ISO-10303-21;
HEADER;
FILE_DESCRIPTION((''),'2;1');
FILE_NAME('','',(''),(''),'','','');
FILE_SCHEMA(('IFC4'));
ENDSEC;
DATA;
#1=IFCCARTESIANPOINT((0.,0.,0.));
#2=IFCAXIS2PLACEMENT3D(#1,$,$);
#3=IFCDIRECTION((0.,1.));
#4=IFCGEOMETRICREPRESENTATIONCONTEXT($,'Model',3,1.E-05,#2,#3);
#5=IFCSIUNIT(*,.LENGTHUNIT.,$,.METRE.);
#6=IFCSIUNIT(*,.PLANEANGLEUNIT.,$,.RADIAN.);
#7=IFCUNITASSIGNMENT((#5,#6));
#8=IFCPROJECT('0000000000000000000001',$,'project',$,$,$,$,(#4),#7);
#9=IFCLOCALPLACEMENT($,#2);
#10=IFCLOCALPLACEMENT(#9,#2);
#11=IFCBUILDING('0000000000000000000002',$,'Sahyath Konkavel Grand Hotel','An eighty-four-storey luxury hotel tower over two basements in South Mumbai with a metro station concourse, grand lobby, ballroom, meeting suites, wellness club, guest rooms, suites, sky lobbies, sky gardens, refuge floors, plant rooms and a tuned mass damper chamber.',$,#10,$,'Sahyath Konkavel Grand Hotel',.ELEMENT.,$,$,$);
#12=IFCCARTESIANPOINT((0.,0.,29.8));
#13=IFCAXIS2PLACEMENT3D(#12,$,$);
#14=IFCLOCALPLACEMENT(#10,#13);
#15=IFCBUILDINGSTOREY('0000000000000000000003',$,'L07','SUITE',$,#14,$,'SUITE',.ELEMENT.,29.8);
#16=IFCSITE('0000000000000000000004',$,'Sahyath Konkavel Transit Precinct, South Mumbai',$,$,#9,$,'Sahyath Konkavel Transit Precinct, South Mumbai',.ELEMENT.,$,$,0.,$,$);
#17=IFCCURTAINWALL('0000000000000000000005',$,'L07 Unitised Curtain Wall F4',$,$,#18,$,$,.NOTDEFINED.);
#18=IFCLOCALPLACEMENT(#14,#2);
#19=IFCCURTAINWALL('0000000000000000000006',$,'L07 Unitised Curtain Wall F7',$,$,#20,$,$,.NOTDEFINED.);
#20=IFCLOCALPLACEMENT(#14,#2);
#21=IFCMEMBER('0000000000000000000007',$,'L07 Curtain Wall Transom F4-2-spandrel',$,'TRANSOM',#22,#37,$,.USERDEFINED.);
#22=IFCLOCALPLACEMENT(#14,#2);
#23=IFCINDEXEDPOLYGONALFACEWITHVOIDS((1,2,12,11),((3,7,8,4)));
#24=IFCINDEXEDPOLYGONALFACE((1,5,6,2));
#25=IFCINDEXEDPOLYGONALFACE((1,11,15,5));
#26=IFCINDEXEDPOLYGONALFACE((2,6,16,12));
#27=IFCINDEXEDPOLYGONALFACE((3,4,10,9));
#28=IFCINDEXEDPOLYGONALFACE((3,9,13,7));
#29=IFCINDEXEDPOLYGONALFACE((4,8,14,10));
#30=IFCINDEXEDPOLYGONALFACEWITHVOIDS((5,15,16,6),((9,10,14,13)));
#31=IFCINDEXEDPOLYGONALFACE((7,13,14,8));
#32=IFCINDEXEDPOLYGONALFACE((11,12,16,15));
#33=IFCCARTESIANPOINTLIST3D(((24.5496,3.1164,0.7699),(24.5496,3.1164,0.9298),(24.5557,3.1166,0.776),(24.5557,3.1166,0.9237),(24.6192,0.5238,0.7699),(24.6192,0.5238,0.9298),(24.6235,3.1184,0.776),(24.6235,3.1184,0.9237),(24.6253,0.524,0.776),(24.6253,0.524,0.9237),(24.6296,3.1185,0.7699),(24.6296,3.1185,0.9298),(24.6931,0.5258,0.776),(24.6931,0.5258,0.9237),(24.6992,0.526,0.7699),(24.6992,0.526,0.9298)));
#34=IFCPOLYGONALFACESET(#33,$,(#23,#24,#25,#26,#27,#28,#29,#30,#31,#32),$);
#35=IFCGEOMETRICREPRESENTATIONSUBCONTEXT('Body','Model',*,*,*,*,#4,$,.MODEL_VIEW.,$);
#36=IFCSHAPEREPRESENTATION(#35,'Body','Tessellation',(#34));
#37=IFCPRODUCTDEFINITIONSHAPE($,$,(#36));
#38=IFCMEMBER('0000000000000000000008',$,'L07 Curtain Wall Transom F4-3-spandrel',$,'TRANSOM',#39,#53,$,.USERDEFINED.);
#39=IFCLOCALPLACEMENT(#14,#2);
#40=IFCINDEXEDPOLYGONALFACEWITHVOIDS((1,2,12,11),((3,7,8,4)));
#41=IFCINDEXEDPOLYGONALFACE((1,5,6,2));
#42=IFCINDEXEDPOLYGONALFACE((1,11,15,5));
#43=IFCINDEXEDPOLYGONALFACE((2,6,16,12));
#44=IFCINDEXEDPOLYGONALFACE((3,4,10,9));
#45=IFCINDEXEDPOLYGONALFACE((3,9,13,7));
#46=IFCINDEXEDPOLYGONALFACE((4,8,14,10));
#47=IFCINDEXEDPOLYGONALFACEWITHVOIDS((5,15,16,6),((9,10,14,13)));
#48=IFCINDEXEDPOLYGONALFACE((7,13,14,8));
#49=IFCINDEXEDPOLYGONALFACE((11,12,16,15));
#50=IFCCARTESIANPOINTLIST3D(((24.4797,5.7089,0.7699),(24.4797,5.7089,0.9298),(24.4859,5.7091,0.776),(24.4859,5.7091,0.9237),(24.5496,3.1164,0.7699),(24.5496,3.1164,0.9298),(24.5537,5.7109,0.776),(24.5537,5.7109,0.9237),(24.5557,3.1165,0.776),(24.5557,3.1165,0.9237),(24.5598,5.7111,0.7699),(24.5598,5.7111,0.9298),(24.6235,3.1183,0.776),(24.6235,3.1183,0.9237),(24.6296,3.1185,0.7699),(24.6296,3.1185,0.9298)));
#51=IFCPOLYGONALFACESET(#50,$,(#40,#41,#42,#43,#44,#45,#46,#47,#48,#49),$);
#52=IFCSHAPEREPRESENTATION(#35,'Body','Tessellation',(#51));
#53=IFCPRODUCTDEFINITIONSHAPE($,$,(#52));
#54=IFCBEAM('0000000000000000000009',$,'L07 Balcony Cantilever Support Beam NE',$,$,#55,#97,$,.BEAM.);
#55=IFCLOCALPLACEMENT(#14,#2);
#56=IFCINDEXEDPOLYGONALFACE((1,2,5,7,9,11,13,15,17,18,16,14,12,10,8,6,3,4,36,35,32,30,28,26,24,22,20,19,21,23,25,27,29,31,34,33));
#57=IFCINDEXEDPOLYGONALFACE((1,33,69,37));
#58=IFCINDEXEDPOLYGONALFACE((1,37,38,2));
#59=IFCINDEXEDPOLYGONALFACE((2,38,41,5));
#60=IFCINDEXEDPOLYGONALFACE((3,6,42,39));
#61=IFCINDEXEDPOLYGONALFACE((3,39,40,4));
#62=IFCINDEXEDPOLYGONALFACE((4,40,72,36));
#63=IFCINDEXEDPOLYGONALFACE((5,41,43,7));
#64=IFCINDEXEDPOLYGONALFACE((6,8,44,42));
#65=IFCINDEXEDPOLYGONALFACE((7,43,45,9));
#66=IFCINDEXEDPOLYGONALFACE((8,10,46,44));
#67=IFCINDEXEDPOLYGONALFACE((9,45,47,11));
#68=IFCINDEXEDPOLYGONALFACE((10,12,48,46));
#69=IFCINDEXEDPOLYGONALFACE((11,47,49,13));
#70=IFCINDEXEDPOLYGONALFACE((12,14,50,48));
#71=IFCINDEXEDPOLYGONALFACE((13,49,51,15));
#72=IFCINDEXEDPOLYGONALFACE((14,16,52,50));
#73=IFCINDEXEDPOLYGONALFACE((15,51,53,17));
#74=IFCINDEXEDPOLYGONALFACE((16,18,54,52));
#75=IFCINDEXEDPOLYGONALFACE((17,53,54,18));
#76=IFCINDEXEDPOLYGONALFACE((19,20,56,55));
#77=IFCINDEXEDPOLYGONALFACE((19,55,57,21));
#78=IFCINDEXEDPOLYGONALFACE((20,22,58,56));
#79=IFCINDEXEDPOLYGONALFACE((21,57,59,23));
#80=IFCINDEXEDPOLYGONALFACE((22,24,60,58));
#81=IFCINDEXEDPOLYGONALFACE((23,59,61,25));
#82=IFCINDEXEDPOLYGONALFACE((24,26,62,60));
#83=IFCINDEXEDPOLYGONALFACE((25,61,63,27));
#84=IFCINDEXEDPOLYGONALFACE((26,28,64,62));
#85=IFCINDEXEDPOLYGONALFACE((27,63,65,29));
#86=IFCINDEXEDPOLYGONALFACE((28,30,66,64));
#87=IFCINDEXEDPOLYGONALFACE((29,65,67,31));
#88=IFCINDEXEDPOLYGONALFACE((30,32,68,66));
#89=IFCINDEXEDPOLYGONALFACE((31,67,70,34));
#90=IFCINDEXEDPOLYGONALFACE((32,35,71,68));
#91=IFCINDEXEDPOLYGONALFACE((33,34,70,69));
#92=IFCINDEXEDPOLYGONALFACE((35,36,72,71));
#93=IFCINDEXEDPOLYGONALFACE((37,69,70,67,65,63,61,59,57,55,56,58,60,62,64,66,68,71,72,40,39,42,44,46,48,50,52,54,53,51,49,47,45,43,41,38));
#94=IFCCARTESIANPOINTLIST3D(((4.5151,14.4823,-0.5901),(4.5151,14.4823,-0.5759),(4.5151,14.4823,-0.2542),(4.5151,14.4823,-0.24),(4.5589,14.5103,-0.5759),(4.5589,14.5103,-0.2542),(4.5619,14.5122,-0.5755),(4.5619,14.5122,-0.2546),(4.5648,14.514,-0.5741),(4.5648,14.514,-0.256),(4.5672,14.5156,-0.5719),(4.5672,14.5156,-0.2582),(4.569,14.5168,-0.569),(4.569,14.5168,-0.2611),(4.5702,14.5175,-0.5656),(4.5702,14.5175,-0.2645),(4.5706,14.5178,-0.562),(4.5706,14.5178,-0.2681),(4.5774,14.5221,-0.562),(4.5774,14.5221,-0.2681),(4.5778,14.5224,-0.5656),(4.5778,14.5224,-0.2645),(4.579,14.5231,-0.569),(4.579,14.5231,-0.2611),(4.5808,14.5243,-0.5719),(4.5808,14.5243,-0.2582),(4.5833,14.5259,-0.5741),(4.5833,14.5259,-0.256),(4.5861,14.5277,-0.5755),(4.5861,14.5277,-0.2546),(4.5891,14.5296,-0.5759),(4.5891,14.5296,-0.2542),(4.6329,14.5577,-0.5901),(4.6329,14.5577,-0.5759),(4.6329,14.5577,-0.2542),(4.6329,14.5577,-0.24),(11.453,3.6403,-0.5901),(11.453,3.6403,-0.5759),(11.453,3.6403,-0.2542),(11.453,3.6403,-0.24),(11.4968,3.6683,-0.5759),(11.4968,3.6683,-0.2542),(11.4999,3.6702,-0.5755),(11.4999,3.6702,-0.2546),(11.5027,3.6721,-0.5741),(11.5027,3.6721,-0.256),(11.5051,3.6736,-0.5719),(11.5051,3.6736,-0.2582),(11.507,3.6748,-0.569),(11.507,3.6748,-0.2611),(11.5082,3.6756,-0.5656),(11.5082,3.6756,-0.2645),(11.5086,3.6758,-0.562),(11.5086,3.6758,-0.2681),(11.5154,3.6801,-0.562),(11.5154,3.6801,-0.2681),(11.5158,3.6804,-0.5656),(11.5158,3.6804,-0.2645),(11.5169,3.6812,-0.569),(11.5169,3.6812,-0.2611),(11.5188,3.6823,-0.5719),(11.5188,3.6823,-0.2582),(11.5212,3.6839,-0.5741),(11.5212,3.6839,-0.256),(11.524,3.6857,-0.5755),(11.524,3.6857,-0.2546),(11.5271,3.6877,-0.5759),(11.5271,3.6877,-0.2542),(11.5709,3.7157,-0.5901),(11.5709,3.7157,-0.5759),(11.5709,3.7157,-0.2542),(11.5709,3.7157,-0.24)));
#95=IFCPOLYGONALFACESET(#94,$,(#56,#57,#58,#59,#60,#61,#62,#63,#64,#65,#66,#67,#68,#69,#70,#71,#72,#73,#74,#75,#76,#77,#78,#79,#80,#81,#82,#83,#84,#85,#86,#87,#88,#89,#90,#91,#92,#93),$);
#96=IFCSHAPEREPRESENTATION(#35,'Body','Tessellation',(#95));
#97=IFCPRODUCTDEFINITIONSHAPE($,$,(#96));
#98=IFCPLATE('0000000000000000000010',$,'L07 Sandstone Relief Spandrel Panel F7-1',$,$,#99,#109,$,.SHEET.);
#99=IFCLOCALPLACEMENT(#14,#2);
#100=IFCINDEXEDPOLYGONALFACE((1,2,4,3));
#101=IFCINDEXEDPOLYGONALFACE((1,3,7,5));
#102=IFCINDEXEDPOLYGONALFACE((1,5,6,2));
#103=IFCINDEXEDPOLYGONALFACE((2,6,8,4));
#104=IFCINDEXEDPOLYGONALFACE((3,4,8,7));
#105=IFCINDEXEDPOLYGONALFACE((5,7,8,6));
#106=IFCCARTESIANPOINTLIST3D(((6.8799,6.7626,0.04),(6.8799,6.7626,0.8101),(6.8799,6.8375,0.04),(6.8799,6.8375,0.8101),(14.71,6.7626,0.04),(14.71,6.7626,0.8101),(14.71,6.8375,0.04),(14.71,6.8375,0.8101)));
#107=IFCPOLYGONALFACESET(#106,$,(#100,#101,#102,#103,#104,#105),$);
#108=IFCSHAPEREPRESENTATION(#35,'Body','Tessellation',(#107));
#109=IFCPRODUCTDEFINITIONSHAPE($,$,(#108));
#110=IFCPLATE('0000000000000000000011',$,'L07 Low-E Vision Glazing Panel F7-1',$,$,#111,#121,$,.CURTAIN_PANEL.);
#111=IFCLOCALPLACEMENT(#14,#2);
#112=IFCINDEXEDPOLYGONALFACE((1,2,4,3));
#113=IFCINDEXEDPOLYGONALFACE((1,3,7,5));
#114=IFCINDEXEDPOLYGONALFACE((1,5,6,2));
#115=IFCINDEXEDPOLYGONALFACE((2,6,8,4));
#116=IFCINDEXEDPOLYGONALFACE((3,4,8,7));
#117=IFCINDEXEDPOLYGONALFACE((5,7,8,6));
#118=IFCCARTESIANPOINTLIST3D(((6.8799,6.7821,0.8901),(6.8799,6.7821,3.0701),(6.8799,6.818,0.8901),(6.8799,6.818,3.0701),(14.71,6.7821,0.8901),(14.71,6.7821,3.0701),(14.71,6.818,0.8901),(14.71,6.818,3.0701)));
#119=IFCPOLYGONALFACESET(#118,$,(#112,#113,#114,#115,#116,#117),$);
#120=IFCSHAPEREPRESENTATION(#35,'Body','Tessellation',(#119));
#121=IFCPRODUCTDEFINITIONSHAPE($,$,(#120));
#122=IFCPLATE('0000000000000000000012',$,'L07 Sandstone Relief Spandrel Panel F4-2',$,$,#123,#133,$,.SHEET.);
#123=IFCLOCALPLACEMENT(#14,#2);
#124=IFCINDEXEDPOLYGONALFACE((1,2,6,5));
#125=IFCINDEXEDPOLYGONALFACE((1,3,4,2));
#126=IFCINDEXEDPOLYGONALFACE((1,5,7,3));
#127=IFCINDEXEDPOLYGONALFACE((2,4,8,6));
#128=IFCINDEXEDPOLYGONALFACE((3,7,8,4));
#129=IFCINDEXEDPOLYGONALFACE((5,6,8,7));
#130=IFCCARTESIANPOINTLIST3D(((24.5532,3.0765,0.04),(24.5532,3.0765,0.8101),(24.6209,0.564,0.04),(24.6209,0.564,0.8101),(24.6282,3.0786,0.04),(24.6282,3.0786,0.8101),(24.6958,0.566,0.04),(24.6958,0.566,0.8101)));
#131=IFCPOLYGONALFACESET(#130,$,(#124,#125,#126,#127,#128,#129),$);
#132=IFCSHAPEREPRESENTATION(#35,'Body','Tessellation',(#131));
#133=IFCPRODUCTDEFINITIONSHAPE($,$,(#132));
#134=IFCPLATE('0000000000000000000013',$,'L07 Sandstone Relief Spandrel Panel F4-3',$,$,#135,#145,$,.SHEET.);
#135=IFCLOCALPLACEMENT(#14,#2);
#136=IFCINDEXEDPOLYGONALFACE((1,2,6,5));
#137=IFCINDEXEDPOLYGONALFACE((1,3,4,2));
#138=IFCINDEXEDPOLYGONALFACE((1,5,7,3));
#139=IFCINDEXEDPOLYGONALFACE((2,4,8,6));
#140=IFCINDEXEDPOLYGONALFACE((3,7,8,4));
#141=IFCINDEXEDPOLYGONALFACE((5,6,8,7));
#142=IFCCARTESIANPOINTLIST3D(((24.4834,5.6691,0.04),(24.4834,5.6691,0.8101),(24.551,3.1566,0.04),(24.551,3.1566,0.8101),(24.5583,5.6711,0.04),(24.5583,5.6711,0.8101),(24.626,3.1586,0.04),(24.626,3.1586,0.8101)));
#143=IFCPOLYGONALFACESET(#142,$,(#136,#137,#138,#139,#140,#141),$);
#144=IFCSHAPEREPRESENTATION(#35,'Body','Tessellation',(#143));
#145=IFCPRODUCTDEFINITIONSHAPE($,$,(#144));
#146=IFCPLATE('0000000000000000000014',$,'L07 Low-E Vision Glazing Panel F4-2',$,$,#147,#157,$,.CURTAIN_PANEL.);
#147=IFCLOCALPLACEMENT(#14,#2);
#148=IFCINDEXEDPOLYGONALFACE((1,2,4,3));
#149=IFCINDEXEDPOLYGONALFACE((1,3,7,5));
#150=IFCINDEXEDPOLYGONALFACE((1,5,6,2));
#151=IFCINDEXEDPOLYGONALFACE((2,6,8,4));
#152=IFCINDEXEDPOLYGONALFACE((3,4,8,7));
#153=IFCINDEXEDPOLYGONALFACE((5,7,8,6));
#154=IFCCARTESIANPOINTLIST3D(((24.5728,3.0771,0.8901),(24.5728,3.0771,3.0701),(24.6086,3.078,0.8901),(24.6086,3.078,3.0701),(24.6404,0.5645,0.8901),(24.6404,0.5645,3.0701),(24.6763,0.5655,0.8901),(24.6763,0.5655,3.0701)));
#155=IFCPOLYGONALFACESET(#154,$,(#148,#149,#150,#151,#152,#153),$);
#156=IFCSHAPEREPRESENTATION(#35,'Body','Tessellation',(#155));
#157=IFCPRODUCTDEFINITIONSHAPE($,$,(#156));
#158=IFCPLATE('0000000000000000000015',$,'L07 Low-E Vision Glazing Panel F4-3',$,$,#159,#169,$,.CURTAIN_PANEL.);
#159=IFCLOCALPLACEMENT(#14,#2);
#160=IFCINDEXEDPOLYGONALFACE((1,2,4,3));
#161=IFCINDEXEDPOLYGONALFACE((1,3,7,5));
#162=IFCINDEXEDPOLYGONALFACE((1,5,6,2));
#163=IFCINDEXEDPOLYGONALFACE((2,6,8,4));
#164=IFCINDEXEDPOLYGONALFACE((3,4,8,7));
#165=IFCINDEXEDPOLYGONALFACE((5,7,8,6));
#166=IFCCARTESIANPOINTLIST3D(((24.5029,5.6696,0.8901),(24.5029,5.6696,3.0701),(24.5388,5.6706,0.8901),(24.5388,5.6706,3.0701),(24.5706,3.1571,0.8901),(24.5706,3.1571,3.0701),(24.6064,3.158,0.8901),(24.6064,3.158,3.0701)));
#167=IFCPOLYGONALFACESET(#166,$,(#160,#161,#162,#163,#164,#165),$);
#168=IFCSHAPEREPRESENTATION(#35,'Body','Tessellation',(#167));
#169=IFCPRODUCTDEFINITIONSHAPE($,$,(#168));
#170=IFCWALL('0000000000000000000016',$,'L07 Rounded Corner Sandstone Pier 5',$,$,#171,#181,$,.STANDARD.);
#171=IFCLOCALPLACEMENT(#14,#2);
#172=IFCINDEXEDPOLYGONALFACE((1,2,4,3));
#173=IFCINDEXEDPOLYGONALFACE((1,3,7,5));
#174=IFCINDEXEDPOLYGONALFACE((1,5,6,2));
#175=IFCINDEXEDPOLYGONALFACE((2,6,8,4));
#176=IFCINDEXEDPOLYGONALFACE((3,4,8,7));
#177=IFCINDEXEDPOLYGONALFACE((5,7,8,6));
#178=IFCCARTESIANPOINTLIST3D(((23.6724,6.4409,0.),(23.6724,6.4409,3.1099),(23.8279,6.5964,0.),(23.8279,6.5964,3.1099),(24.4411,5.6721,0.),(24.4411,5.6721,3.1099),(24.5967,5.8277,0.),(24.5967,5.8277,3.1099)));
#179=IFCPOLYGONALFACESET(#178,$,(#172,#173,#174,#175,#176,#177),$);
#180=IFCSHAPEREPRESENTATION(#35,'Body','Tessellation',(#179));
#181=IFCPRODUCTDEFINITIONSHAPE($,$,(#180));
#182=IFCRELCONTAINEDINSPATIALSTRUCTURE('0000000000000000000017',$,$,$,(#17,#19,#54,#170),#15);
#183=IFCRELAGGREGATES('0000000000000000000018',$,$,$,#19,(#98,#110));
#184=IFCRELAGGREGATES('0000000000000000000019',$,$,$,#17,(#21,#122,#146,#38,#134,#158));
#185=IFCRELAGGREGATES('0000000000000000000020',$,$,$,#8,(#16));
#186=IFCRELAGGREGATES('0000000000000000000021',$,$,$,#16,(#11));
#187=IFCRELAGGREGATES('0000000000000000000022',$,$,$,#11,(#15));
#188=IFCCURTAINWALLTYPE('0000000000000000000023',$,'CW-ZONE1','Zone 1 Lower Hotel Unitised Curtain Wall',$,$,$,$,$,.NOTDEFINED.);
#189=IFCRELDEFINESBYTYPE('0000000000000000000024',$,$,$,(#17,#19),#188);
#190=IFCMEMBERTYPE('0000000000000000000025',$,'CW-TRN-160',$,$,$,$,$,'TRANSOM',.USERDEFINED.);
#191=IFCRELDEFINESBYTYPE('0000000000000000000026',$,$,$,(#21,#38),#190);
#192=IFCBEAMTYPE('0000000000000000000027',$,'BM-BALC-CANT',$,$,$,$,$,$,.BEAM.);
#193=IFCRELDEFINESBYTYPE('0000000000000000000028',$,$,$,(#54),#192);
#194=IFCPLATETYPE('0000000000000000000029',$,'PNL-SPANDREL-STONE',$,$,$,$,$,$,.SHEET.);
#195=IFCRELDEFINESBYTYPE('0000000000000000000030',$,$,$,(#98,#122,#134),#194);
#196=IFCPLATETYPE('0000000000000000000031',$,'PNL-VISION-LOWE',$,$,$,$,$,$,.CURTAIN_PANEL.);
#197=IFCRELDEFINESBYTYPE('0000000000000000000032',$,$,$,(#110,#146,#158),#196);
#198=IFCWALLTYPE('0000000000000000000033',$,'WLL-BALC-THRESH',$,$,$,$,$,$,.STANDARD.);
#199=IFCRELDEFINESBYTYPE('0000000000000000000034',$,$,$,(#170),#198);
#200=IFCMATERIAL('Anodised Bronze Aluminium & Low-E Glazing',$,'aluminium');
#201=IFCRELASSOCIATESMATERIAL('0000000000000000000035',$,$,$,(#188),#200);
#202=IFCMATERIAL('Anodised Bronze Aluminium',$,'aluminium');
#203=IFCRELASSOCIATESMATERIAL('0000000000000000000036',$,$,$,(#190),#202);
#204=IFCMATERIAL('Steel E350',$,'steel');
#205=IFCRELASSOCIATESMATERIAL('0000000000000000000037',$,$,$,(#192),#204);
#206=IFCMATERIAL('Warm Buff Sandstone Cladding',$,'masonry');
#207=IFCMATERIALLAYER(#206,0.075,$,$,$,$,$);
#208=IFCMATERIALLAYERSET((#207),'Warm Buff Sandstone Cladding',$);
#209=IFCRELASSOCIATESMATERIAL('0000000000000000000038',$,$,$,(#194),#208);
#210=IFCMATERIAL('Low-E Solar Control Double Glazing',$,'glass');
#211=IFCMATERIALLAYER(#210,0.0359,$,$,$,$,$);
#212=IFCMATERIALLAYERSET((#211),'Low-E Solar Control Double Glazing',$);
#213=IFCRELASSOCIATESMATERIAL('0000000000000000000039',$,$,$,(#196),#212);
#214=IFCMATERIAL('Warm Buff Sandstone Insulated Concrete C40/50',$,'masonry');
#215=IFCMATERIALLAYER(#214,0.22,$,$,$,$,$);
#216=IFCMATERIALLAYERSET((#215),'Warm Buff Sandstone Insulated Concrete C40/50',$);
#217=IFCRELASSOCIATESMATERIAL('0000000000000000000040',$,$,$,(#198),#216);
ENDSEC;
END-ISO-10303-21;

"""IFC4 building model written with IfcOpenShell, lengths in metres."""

from ifc_helpers import new_model, si_unit, direction, frame, frame_2d, origin, origin_2d, place, context, subcontext, project, spatial, rectangle, hollow_rectangle, i_section, extrude, source, transform, mapped, material, layer, layer_set, material_profile, profile_set, type_object, element, aggregate, save


model = new_model("IFC4")

# Units and contexts
model_context = context("Model", 3, precision=1e-05, world=origin(), true_north=direction((0.0, 1.0)))
body_context = subcontext(model_context, "Body", "Model", "MODEL_VIEW")
ifc_project = project(units=[si_unit("LENGTHUNIT", "METRE"), si_unit("PLANEANGLEUNIT", "RADIAN")], contexts=[model_context])

# Site, building, storey
site_placement = place(None, origin())
site = spatial("IfcSite", under=ifc_project, at=site_placement, Name="Sahyath Konkavel Transit Precinct, South Mumbai", LongName="Sahyath Konkavel Transit Precinct, South Mumbai", CompositionType="ELEMENT", RefElevation=0.0)
building_placement = place(site_placement, origin())
building = spatial("IfcBuilding", under=site, at=building_placement, Name="Sahyath Konkavel Grand Hotel", Description="An eighty-four-storey luxury hotel tower over two basements in South Mumbai with a metro station concourse, grand lobby, ballroom, meeting suites, wellness club, guest rooms, suites, sky lobbies, sky gardens, refuge floors, plant rooms and a tuned mass damper chamber.", LongName="Sahyath Konkavel Grand Hotel", CompositionType="ELEMENT")
storey_placement = place(building_placement, frame((0.0, 0.0, 29.8)))
storey = spatial("IfcBuildingStorey", under=building, at=storey_placement, Name="L07", Description="SUITE", LongName="SUITE", CompositionType="ELEMENT", Elevation=29.8)

# Shared definitions
ifc_material_1 = material(Name="Steel E350", Category="steel")

# Curtain walls
ifc_material_2 = material(Name="Anodised Bronze Aluminium & Low-E Glazing", Category="aluminium")
curtain_wall_type = type_object("IfcCurtainWallType", Name="CW-ZONE1", Description="Zone 1 Lower Hotel Unitised Curtain Wall", PredefinedType="NOTDEFINED", material=ifc_material_2)
curtain_wall_1_placement = place(storey_placement, origin())
curtain_wall_1 = element("IfcCurtainWall", 1, at=curtain_wall_1_placement, inside=storey, type_object=curtain_wall_type, Name="L07 Unitised Curtain Wall F4", PredefinedType="NOTDEFINED")
ifc_material_3 = material(Name="Anodised Bronze Aluminium", Category="aluminium")
curtain_wall_2_placement = place(storey_placement, origin())
curtain_wall_2 = element("IfcCurtainWall", 2, at=curtain_wall_2_placement, inside=storey, type_object=curtain_wall_type, Name="L07 Unitised Curtain Wall F7", PredefinedType="NOTDEFINED")

# Members
ifc_material_profile_1 = material_profile(ifc_material_3, hollow_rectangle(XDim=0.0801, YDim=0.1599, WallThickness=0.0061, at=origin_2d()), Name="RHS 160x80x6")
ifc_profile_set_1 = profile_set([ifc_material_profile_1], Name="Anodised Bronze Aluminium")
member_type_1 = type_object("IfcMemberType", Name="CW-TRN-160", ElementType="TRANSOM", PredefinedType="USERDEFINED", material=ifc_profile_set_1)
shared_shape_1 = source(origin(), body_context, "Body", "SweptSolid", [
    extrude(hollow_rectangle(XDim=0.0801, YDim=0.1599, WallThickness=0.0061, at=origin_2d()), origin(), (0.0, 0.0, 1.0), 2.5935),
])
member_1_placement = place(storey_placement, frame((24.6592, 0.5249, 0.8499), z_axis=(-0.026829, 0.99964, 0.0), x_axis=(-0.99964, -0.026829, 0.0)))
member_1 = element("IfcMember", 3, at=member_1_placement, type_object=member_type_1, Name="L07 Curtain Wall Transom F4-2-spandrel", ObjectType="TRANSOM", PredefinedType="USERDEFINED", context=body_context, shape_type="MappedRepresentation", body=[
    mapped(shared_shape_1, transform((0.0, 0.0, 0.0), scale=1.0)),
])
member_2_placement = place(storey_placement, frame((24.5896, 3.1174, 0.8499), z_axis=(-0.026923, 0.999638, 0.0), x_axis=(-0.999638, -0.026923, 0.0)))
member_2 = element("IfcMember", 4, at=member_2_placement, type_object=member_type_1, Name="L07 Curtain Wall Transom F4-3-spandrel", ObjectType="TRANSOM", PredefinedType="USERDEFINED", context=body_context, shape_type="MappedRepresentation", body=[
    mapped(shared_shape_1, transform((0.0, 0.0, 0.0), scale=1.0)),
])

# Beam
ifc_material_profile_2 = material_profile(ifc_material_1, i_section(OverallWidth=0.1399, OverallDepth=0.3501, WebThickness=0.0081, FlangeThickness=0.0142, FilletRadius=0.0139, at=origin_2d()), Name="ISMB 350")
ifc_profile_set_2 = profile_set([ifc_material_profile_2], Name="Steel E350")
beam_type_1 = type_object("IfcBeamType", Name="BM-BALC-CANT", PredefinedType="BEAM", material=ifc_profile_set_2)
shared_shape_2 = source(origin(), body_context, "Body", "SweptSolid", [
    extrude(i_section(OverallWidth=0.1399, OverallDepth=0.3501, WebThickness=0.0081, FlangeThickness=0.0142, FilletRadius=0.0139, at=origin_2d()), origin(), (0.0, 0.0, 1.0), 12.8718),
])
beam_1_placement = place(storey_placement, frame((11.512, 3.678, -0.415), z_axis=(-0.539003, 0.842304, 0.0), x_axis=(-0.842304, -0.539003, 0.0)))
element("IfcBeam", 5, at=beam_1_placement, inside=storey, type_object=beam_type_1, Name="L07 Balcony Cantilever Support Beam NE", PredefinedType="BEAM", context=body_context, shape_type="MappedRepresentation", body=[
    mapped(shared_shape_2, transform((0.0, 0.0, 0.0), scale=1.0)),
])

# Plates
ifc_material_4 = material(Name="Warm Buff Sandstone Cladding", Category="masonry")
ifc_layer_1 = layer(ifc_material_4, 0.075)
ifc_layer_set_1 = layer_set([ifc_layer_1], Name="Warm Buff Sandstone Cladding")
plate_type_1 = type_object("IfcPlateType", Name="PNL-SPANDREL-STONE", PredefinedType="SHEET", material=ifc_layer_set_1)
shared_shape_3 = source(origin(), body_context, "Body", "SweptSolid", [
    extrude(rectangle(XDim=7.8301, YDim=0.075, at=origin_2d()), origin(), (0.0, 0.0, 1.0), 0.77),
])
plate_1_placement = place(storey_placement, frame((10.7949, 6.8, 0.04), z_axis=(0.0, 0.0, 1.0), x_axis=(-1.0, 0.0, 0.0)))
plate_1 = element("IfcPlate", 6, at=plate_1_placement, type_object=plate_type_1, Name="L07 Sandstone Relief Spandrel Panel F7-1", PredefinedType="SHEET", context=body_context, shape_type="MappedRepresentation", body=[
    mapped(shared_shape_3, transform((0.0, 0.0, 0.0), scale=1.0)),
])
ifc_material_5 = material(Name="Low-E Solar Control Double Glazing", Category="glass")
ifc_layer_2 = layer(ifc_material_5, 0.0359)
ifc_layer_set_2 = layer_set([ifc_layer_2], Name="Low-E Solar Control Double Glazing")
plate_type_2 = type_object("IfcPlateType", Name="PNL-VISION-LOWE", PredefinedType="CURTAIN_PANEL", material=ifc_layer_set_2)
shared_shape_4 = source(origin(), body_context, "Body", "SweptSolid", [
    extrude(rectangle(XDim=7.8301, YDim=0.0359, at=origin_2d()), origin(), (0.0, 0.0, 1.0), 2.1799),
])
plate_2_placement = place(storey_placement, frame((10.7949, 6.8, 0.8901), z_axis=(0.0, 0.0, 1.0), x_axis=(-1.0, 0.0, 0.0)))
plate_2 = element("IfcPlate", 7, at=plate_2_placement, type_object=plate_type_2, Name="L07 Low-E Vision Glazing Panel F7-1", PredefinedType="CURTAIN_PANEL", context=body_context, shape_type="MappedRepresentation", body=[
    mapped(shared_shape_4, transform((0.0, 0.0, 0.0), scale=1.0)),
])
aggregate(curtain_wall_2, [plate_1, plate_2])
shared_shape_5 = source(origin(), body_context, "Body", "SweptSolid", [
    extrude(rectangle(XDim=2.5134, YDim=0.075, at=origin_2d()), origin(), (0.0, 0.0, 1.0), 0.77),
])
plate_3_placement = place(storey_placement, frame((24.6245, 1.8213, 0.04), z_axis=(0.0, 0.0, 1.0), x_axis=(-0.02691, 0.999638, 0.0)))
plate_3 = element("IfcPlate", 8, at=plate_3_placement, type_object=plate_type_1, Name="L07 Sandstone Relief Spandrel Panel F4-2", PredefinedType="SHEET", context=body_context, shape_type="MappedRepresentation", body=[
    mapped(shared_shape_5, transform((0.0, 0.0, 0.0), scale=1.0)),
])
plate_4_placement = place(storey_placement, frame((24.5547, 4.4138, 0.04), z_axis=(0.0, 0.0, 1.0), x_axis=(-0.02691, 0.999638, 0.0)))
plate_4 = element("IfcPlate", 9, at=plate_4_placement, type_object=plate_type_1, Name="L07 Sandstone Relief Spandrel Panel F4-3", PredefinedType="SHEET", context=body_context, shape_type="MappedRepresentation", body=[
    mapped(shared_shape_5, transform((0.0, 0.0, 0.0), scale=1.0)),
])
shared_shape_6 = source(origin(), body_context, "Body", "SweptSolid", [
    extrude(rectangle(XDim=2.5134, YDim=0.0359, at=origin_2d()), origin(), (0.0, 0.0, 1.0), 2.1799),
])
plate_5_placement = place(storey_placement, frame((24.6245, 1.8213, 0.8901), z_axis=(0.0, 0.0, 1.0), x_axis=(-0.02691, 0.999638, 0.0)))
plate_5 = element("IfcPlate", 10, at=plate_5_placement, type_object=plate_type_2, Name="L07 Low-E Vision Glazing Panel F4-2", PredefinedType="CURTAIN_PANEL", context=body_context, shape_type="MappedRepresentation", body=[
    mapped(shared_shape_6, transform((0.0, 0.0, 0.0), scale=1.0)),
])
plate_6_placement = place(storey_placement, frame((24.5547, 4.4138, 0.8901), z_axis=(0.0, 0.0, 1.0), x_axis=(-0.02691, 0.999638, 0.0)))
plate_6 = element("IfcPlate", 11, at=plate_6_placement, type_object=plate_type_2, Name="L07 Low-E Vision Glazing Panel F4-3", PredefinedType="CURTAIN_PANEL", context=body_context, shape_type="MappedRepresentation", body=[
    mapped(shared_shape_6, transform((0.0, 0.0, 0.0), scale=1.0)),
])
aggregate(curtain_wall_1, [member_1, plate_3, plate_5, member_2, plate_4, plate_6])

# Wall
ifc_material_6 = material(Name="Warm Buff Sandstone Insulated Concrete C40/50", Category="masonry")
ifc_layer_3 = layer(ifc_material_6, 0.22)
ifc_layer_set_3 = layer_set([ifc_layer_3], Name="Warm Buff Sandstone Insulated Concrete C40/50")
wall_type_1 = type_object("IfcWallType", Name="WLL-BALC-THRESH", PredefinedType="STANDARD", material=ifc_layer_set_3)
for number, where, z_axis, x_axis, name in (
    (12, (24.5188, 5.75, 0.0), (0.0, 0.0, 1.0), (-0.707107, 0.707107, 0.0), "L07 Rounded Corner Sandstone Pier 5"),
):
    element("IfcWall", number, at=place(storey_placement, frame(where, z_axis=z_axis, x_axis=x_axis)), inside=storey, type_object=wall_type_1, Name=name, PredefinedType="STANDARD", context=body_context, shape_type="SweptSolid", body=[
        extrude(rectangle(XDim=1.0872, YDim=0.22, at=frame_2d((0.5435, 0.0))), origin(), (0.0, 0.0, 1.0), 3.1099),
    ])

save(model, "model.ifc")
